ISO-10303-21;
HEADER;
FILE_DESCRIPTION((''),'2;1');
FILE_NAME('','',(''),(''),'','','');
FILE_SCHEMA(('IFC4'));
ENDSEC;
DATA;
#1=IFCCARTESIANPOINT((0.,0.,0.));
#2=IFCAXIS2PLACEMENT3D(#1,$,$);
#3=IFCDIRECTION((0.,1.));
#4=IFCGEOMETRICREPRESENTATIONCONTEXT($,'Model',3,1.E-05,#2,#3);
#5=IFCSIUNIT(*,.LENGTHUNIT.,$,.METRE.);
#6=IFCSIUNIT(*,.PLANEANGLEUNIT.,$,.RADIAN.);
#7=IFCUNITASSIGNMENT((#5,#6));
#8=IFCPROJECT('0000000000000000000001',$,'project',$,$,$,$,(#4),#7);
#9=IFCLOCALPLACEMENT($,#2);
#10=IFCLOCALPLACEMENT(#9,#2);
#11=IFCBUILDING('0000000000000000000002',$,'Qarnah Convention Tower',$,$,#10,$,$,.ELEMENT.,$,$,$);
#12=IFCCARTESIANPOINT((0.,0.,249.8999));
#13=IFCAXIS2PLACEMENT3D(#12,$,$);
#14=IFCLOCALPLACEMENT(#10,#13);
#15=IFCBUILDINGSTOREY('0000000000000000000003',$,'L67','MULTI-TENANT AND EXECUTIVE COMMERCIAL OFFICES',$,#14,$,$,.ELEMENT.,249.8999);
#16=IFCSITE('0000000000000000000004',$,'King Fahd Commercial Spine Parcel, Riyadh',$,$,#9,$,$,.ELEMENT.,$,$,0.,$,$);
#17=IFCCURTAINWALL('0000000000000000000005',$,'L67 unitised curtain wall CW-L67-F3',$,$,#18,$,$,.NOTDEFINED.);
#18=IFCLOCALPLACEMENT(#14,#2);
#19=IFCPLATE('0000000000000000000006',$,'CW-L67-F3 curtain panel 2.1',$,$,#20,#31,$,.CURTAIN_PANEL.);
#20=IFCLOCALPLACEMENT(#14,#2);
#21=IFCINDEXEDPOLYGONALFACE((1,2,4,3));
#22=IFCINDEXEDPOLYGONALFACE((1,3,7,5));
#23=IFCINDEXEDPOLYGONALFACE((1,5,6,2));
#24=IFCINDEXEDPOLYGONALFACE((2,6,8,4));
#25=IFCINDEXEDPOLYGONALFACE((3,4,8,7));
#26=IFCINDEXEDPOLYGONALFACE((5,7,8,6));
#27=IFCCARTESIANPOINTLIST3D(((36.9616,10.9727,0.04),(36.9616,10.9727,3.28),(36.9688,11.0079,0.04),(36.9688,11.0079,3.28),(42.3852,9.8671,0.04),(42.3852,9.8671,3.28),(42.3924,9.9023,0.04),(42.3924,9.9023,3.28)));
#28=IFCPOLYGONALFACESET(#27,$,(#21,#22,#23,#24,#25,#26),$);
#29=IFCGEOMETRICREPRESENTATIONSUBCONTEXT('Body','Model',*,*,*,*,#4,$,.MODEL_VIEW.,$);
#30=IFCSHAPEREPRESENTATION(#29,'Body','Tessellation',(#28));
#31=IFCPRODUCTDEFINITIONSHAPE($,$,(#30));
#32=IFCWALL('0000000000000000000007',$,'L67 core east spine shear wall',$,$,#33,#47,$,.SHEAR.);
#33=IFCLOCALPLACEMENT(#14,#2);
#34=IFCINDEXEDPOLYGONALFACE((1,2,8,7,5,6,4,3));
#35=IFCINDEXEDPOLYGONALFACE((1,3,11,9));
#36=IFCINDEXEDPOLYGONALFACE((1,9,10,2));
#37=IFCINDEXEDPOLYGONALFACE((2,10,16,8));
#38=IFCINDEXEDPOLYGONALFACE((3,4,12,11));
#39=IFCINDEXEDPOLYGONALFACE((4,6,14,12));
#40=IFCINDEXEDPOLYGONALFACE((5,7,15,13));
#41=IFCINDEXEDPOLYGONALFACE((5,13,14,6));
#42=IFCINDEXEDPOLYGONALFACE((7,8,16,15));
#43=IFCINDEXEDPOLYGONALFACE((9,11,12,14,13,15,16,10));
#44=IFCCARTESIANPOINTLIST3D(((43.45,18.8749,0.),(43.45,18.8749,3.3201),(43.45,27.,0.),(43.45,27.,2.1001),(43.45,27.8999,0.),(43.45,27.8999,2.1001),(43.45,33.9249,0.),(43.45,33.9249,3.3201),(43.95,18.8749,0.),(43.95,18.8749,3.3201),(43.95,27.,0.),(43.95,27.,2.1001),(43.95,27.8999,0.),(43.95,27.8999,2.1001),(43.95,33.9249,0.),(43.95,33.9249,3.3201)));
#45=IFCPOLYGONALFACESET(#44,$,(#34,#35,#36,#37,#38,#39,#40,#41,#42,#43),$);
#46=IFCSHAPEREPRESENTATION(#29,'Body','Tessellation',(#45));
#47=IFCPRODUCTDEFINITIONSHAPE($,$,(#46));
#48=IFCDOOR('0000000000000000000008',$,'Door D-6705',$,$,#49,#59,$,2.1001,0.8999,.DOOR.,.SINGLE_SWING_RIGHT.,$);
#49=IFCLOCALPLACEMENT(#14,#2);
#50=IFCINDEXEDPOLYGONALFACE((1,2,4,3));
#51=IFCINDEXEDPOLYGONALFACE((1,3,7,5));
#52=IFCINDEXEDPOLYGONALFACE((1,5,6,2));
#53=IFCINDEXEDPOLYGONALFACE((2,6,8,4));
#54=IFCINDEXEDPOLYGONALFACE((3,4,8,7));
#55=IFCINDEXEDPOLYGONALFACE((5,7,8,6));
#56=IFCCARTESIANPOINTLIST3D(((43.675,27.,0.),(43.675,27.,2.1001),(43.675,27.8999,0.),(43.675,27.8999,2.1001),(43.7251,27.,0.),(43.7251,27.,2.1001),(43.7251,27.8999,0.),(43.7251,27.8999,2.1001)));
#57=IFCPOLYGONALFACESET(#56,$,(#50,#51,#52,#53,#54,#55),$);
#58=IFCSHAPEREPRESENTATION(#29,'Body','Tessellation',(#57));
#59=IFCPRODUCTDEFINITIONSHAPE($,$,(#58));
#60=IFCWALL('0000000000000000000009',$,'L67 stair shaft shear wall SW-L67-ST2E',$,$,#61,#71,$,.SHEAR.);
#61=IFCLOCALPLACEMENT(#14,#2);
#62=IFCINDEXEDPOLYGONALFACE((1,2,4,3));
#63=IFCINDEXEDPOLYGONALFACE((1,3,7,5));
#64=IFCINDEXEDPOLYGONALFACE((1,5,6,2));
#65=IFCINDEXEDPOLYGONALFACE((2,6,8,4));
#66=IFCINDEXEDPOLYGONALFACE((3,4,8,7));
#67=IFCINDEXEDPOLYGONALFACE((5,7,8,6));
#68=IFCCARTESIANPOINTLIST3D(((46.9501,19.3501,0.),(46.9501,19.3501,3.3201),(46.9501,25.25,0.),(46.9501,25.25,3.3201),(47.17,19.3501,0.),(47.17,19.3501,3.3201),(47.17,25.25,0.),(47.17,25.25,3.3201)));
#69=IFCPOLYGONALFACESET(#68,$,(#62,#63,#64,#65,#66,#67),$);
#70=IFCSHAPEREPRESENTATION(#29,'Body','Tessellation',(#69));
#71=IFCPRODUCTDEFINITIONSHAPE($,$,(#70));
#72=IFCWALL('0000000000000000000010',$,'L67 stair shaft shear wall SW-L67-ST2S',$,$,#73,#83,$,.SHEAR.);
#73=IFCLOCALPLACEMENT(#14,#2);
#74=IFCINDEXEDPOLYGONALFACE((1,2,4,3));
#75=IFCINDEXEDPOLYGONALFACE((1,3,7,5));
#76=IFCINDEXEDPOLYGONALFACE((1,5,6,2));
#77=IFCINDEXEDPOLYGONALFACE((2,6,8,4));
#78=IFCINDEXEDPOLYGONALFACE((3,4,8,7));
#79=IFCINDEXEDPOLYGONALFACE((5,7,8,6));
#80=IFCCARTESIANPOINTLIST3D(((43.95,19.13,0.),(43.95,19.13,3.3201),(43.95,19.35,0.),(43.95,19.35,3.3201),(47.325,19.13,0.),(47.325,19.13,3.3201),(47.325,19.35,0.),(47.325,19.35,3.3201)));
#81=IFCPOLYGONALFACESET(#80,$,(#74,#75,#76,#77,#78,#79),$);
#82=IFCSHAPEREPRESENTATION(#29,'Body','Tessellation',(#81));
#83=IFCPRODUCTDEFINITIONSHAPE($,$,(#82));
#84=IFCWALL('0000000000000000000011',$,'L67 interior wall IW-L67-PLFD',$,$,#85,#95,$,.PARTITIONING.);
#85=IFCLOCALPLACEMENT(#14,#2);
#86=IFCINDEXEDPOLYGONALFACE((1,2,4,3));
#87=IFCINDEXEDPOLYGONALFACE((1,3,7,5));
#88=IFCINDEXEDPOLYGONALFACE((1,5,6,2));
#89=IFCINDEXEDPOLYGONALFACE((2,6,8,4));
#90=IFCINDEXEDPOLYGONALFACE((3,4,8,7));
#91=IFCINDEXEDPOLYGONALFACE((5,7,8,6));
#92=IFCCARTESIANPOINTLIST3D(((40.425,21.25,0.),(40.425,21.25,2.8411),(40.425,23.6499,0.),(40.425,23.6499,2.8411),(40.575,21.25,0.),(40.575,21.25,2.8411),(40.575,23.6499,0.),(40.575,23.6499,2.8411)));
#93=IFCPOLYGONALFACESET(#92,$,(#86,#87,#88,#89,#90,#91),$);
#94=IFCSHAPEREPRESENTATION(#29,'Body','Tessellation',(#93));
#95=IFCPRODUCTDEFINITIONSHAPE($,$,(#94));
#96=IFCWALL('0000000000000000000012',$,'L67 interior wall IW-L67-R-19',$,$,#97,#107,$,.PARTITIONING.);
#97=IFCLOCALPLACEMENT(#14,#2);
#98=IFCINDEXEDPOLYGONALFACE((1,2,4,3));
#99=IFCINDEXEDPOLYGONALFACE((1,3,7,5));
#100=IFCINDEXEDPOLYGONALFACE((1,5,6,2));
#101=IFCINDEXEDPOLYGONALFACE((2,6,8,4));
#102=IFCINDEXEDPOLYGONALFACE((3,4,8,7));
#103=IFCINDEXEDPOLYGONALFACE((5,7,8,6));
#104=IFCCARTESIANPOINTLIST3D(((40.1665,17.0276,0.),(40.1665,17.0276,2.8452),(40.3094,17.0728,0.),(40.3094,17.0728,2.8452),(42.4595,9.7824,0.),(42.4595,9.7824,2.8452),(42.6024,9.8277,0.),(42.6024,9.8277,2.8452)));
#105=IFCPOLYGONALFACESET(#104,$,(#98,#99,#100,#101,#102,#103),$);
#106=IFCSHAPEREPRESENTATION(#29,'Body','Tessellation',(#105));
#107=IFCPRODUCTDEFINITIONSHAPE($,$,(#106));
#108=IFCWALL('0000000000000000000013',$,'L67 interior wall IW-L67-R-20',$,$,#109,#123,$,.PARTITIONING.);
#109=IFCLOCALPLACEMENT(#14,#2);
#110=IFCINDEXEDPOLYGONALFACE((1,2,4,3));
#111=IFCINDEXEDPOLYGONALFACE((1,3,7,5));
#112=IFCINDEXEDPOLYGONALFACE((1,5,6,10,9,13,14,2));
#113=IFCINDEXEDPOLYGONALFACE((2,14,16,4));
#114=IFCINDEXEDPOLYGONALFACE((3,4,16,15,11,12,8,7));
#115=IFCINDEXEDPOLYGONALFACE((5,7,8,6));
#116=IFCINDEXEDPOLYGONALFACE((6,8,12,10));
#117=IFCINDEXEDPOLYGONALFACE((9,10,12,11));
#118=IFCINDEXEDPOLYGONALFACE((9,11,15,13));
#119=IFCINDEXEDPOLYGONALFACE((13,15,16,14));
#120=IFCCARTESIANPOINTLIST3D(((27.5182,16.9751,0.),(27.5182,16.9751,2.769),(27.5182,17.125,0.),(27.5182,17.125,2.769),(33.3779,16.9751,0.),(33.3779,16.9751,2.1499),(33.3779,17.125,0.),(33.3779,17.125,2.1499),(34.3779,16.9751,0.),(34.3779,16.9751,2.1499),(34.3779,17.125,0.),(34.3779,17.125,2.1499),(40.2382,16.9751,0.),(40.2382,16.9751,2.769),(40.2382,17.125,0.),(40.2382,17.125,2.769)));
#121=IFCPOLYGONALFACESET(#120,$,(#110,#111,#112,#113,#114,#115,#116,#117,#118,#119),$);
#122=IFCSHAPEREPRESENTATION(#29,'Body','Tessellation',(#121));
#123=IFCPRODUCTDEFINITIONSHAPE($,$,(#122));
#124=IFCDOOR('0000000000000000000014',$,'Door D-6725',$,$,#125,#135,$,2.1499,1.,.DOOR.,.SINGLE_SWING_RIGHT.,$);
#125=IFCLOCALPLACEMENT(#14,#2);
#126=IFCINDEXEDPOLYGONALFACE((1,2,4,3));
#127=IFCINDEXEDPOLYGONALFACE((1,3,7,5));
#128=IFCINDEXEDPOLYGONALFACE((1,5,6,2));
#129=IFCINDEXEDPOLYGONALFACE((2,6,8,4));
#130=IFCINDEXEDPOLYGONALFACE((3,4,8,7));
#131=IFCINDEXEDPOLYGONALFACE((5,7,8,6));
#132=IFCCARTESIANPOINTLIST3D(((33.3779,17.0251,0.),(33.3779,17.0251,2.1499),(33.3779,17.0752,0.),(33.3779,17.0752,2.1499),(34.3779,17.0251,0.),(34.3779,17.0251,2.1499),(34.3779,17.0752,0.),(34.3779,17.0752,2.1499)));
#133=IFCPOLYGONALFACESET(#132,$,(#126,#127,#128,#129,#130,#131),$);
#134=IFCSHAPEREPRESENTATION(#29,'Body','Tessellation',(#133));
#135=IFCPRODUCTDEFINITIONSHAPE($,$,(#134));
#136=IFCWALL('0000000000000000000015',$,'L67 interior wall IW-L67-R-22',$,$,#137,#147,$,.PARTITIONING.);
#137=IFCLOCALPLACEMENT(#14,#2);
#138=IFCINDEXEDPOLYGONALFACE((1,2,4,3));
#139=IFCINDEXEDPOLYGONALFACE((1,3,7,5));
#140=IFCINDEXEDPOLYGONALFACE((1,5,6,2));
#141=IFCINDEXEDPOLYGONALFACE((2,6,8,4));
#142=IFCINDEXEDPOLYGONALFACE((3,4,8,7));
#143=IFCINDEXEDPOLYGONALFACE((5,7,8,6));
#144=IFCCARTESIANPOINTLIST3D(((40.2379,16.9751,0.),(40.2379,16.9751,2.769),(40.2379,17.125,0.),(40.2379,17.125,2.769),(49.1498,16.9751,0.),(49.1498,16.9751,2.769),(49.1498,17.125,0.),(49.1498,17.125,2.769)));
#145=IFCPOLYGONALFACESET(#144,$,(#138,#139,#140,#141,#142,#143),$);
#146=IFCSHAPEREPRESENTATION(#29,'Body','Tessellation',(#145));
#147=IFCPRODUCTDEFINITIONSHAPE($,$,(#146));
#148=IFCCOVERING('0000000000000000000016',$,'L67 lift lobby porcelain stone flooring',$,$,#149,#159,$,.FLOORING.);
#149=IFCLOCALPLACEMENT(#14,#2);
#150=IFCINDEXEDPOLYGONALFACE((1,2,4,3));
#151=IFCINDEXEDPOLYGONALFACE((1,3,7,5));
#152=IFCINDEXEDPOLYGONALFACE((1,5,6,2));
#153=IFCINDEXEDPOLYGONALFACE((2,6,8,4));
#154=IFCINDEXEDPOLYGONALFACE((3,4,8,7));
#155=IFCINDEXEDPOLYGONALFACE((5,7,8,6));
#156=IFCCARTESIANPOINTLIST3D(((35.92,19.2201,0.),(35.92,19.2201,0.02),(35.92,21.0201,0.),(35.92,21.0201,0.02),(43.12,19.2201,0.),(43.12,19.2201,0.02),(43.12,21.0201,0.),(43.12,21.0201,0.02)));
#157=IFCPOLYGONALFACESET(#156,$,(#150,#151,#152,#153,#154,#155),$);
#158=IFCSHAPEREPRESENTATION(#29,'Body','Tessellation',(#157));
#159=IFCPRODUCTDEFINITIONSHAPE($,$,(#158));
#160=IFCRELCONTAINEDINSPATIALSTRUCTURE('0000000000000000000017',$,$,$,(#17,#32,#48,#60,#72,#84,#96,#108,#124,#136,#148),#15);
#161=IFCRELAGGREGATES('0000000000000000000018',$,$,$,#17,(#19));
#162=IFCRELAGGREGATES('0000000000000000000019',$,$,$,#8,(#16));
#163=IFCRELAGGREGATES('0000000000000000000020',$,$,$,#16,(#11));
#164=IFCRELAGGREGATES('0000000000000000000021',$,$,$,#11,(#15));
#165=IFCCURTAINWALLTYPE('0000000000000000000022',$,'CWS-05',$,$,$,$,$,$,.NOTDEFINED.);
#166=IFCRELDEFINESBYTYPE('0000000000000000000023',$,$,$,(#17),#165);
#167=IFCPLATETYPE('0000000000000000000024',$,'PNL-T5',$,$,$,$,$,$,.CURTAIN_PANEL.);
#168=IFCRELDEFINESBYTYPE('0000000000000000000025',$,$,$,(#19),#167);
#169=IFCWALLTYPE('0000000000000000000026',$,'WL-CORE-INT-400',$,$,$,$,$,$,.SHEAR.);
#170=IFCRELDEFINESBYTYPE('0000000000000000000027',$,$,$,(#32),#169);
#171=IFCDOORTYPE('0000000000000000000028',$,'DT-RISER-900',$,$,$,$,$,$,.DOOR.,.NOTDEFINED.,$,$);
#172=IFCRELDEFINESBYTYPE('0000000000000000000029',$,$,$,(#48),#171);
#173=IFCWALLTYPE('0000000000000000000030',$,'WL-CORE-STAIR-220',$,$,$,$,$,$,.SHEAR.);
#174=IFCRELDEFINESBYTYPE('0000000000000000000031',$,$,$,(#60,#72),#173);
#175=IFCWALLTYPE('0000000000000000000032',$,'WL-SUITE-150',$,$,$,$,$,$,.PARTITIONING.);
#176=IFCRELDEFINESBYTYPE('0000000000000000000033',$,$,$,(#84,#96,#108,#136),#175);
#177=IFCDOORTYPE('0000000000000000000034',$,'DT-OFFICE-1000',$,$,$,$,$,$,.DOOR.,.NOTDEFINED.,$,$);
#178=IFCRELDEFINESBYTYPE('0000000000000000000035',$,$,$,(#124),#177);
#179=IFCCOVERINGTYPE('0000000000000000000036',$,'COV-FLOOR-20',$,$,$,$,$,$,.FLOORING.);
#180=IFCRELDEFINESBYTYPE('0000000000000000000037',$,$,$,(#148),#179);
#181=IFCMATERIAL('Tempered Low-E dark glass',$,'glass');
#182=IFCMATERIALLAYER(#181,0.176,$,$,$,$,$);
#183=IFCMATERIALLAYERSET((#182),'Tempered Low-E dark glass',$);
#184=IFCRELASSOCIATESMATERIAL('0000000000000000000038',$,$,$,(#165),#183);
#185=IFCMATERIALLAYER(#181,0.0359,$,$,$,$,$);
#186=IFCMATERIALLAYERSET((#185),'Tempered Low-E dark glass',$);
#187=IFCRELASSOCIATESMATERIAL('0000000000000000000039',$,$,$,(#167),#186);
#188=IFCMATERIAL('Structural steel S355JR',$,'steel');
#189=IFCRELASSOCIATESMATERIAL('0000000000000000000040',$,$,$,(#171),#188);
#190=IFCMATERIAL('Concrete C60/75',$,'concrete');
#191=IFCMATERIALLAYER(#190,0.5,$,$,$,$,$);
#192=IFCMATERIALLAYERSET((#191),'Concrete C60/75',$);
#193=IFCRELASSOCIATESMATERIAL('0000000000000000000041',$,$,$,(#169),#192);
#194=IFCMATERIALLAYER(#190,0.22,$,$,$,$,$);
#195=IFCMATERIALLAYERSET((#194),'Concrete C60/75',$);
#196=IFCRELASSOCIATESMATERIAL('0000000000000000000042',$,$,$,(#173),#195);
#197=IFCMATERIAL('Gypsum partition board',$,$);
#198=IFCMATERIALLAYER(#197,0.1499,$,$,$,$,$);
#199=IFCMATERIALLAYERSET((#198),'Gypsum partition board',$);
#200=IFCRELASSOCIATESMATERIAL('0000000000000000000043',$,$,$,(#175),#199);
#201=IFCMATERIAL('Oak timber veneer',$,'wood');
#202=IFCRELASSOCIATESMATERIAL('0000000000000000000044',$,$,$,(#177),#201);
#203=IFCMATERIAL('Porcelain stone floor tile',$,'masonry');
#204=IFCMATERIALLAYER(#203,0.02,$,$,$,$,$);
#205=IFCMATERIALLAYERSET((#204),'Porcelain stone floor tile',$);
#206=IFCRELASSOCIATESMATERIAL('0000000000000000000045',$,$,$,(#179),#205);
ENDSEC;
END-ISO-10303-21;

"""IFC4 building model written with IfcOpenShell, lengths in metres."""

from ifc_helpers import new_model, si_unit, direction, frame, frame_2d, origin, origin_2d, place, context, subcontext, project, spatial, rectangle, extrude, material, layer, layer_set, type_object, element, fill, aggregate, save


model = new_model("IFC4")

# Units and contexts
model_context = context("Model", 3, precision=1e-05, world=origin(), true_north=direction((0.0, 1.0)))
body_context = subcontext(model_context, "Body", "Model", "MODEL_VIEW")
ifc_project = project(units=[si_unit("LENGTHUNIT", "METRE"), si_unit("PLANEANGLEUNIT", "RADIAN")], contexts=[model_context])

# Site, building, storey
site_placement = place(None, origin())
site = spatial("IfcSite", under=ifc_project, at=site_placement, Name="King Fahd Commercial Spine Parcel, Riyadh", CompositionType="ELEMENT", RefElevation=0.0)
building_placement = place(site_placement, origin())
building = spatial("IfcBuilding", under=site, at=building_placement, Name="Qarnah Convention Tower", CompositionType="ELEMENT")
storey_placement = place(building_placement, frame((0.0, 0.0, 249.8999)))
storey = spatial("IfcBuildingStorey", under=building, at=storey_placement, Name="L67", Description="MULTI-TENANT AND EXECUTIVE COMMERCIAL OFFICES", CompositionType="ELEMENT", Elevation=249.8999)

# Shared definitions
ifc_material_1 = material(Name="Structural steel S355JR", Category="steel")

# Shared definitions
ifc_material_2 = material(Name="Tempered Low-E dark glass", Category="glass")
ifc_layer_1 = layer(ifc_material_2, 0.176)
ifc_layer_set_1 = layer_set([ifc_layer_1], Name="Tempered Low-E dark glass")
curtain_wall_type = type_object("IfcCurtainWallType", Name="CWS-05", PredefinedType="NOTDEFINED", material=ifc_layer_set_1)

# Curtain wall
curtain_wall_1_placement = place(storey_placement, origin())
curtain_wall_1 = element("IfcCurtainWall", 1, at=curtain_wall_1_placement, inside=storey, type_object=curtain_wall_type, Name="L67 unitised curtain wall CW-L67-F3", PredefinedType="NOTDEFINED")

# Plate
ifc_layer_2 = layer(ifc_material_2, 0.0359)
ifc_layer_set_2 = layer_set([ifc_layer_2], Name="Tempered Low-E dark glass")
plate_type = type_object("IfcPlateType", Name="PNL-T5", PredefinedType="CURTAIN_PANEL", material=ifc_layer_set_2)
plate_1_placement = place(storey_placement, frame((39.677, 10.4375, 0.04), z_axis=(0.0, 0.0, 1.0), x_axis=(-0.979848, 0.199745, 0.0)))
plate_1 = element("IfcPlate", 2, at=plate_1_placement, type_object=plate_type, Name="CW-L67-F3 curtain panel 2.1", PredefinedType="CURTAIN_PANEL", context=body_context, shape_type="SweptSolid", body=[
    extrude(rectangle(XDim=5.5352, YDim=0.0359, at=origin_2d()), origin(), (0.0, 0.0, 1.0), 3.24),
])
aggregate(curtain_wall_1, [plate_1])

# Shared definitions
ifc_material_3 = material(Name="Concrete C60/75", Category="concrete")
door_type_1 = type_object("IfcDoorType", Name="DT-RISER-900", OperationType="NOTDEFINED", PredefinedType="DOOR", material=ifc_material_1)

# Wall, opening, door
ifc_layer_3 = layer(ifc_material_3, 0.5)
ifc_layer_set_3 = layer_set([ifc_layer_3], Name="Concrete C60/75")
wall_type_1 = type_object("IfcWallType", Name="WL-CORE-INT-400", PredefinedType="SHEAR", material=ifc_layer_set_3)
wall_1_placement = place(storey_placement, frame((43.7, 18.875, 0.0), z_axis=(0.0, 0.0, 1.0), x_axis=(0.0, 1.0, 0.0)))
wall_1 = element("IfcWall", 3, at=wall_1_placement, inside=storey, type_object=wall_type_1, Name="L67 core east spine shear wall", PredefinedType="SHEAR", context=body_context, shape_type="SweptSolid", body=[
    extrude(rectangle(XDim=15.05, YDim=0.5, at=frame_2d((7.5249, 0.0))), origin(), (0.0, 0.0, 1.0), 3.3201),
])
opening_1_placement = place(wall_1_placement, frame((8.125, 0.0, 0.0)))
opening_1 = element("IfcOpeningElement", 4, at=opening_1_placement, cuts=wall_1, PredefinedType="OPENING", context=body_context, shape_type="SweptSolid", body=[
    extrude(rectangle(XDim=0.8999, YDim=2.1001, at=frame_2d((0.45, 1.05))), frame((0.0, 0.26, 0.0), z_axis=(0.0, -1.0, 0.0), x_axis=(1.0, 0.0, 0.0)), (0.0, 0.0, 1.0), 0.52),
])
door_1_placement = place(opening_1_placement, origin())
door_1 = element("IfcDoor", 5, at=door_1_placement, inside=storey, type_object=door_type_1, Name="Door D-6705", OperationType="SINGLE_SWING_RIGHT", OverallHeight=2.1001, OverallWidth=0.8999, PredefinedType="DOOR", context=body_context, shape_type="SweptSolid", body=[
    extrude(rectangle(XDim=0.8999, YDim=2.1001, at=frame_2d((0.45, 1.05))), frame((0.0, 0.0249, 0.0), z_axis=(0.0, -1.0, 0.0), x_axis=(1.0, 0.0, 0.0)), (0.0, 0.0, 1.0), 0.05),
])
fill(opening_1, door_1)

# Walls
ifc_layer_4 = layer(ifc_material_3, 0.22)
ifc_layer_set_4 = layer_set([ifc_layer_4], Name="Concrete C60/75")
wall_type_2 = type_object("IfcWallType", Name="WL-CORE-STAIR-220", PredefinedType="SHEAR", material=ifc_layer_set_4)
wall_2_placement = place(storey_placement, frame((47.0601, 19.3501, 0.0), z_axis=(0.0, 0.0, 1.0), x_axis=(0.0, 1.0, 0.0)))
element("IfcWall", 6, at=wall_2_placement, inside=storey, type_object=wall_type_2, Name="L67 stair shaft shear wall SW-L67-ST2E", PredefinedType="SHEAR", context=body_context, shape_type="SweptSolid", body=[
    extrude(rectangle(XDim=5.8999, YDim=0.22, at=frame_2d((2.95, 0.0))), origin(), (0.0, 0.0, 1.0), 3.3201),
])
wall_3_placement = place(storey_placement, frame((43.95, 19.24, 0.0), z_axis=(0.0, 0.0, 1.0), x_axis=(1.0, 0.0, 0.0)))
element("IfcWall", 7, at=wall_3_placement, inside=storey, type_object=wall_type_2, Name="L67 stair shaft shear wall SW-L67-ST2S", PredefinedType="SHEAR", context=body_context, shape_type="SweptSolid", body=[
    extrude(rectangle(XDim=3.375, YDim=0.22, at=frame_2d((1.6875, 0.0))), origin(), (0.0, 0.0, 1.0), 3.3201),
])

# Walls
ifc_material_4 = material(Name="Gypsum partition board")
ifc_layer_5 = layer(ifc_material_4, 0.1499)
ifc_layer_set_5 = layer_set([ifc_layer_5], Name="Gypsum partition board")
wall_type_3 = type_object("IfcWallType", Name="WL-SUITE-150", PredefinedType="PARTITIONING", material=ifc_layer_set_5)
wall_4_placement = place(storey_placement, frame((40.5, 21.25, 0.0), z_axis=(0.0, 0.0, 1.0), x_axis=(0.0, 1.0, 0.0)))
element("IfcWall", 8, at=wall_4_placement, inside=storey, type_object=wall_type_3, Name="L67 interior wall IW-L67-PLFD", PredefinedType="PARTITIONING", context=body_context, shape_type="SweptSolid", body=[
    extrude(rectangle(XDim=2.3999, YDim=0.1499, at=frame_2d((1.2, 0.0))), origin(), (0.0, 0.0, 1.0), 2.8411),
])
wall_5_placement = place(storey_placement, frame((42.531, 9.8049, 0.0), z_axis=(0.0, 0.0, 1.0), x_axis=(-0.301734, 0.953392, 0.0)))
element("IfcWall", 9, at=wall_5_placement, inside=storey, type_object=wall_type_3, Name="L67 interior wall IW-L67-R-19", PredefinedType="PARTITIONING", context=body_context, shape_type="SweptSolid", body=[
    extrude(rectangle(XDim=7.5994, YDim=0.1499, at=frame_2d((3.7998, 0.0))), origin(), (0.0, 0.0, 1.0), 2.8452),
])

# Wall, opening, door
wall_6_placement = place(storey_placement, frame((40.238, 17.05, 0.0), z_axis=(0.0, 0.0, 1.0), x_axis=(-1.0, 0.0, 0.0)))
wall_6 = element("IfcWall", 10, at=wall_6_placement, inside=storey, type_object=wall_type_3, Name="L67 interior wall IW-L67-R-20", PredefinedType="PARTITIONING", context=body_context, shape_type="SweptSolid", body=[
    extrude(rectangle(XDim=12.72, YDim=0.1499, at=frame_2d((6.3599, 0.0))), origin(), (0.0, 0.0, 1.0), 2.769),
])
opening_2_placement = place(wall_6_placement, frame((5.8601, 0.0, 0.0)))
opening_2 = element("IfcOpeningElement", 11, at=opening_2_placement, cuts=wall_6, PredefinedType="OPENING", context=body_context, shape_type="SweptSolid", body=[
    extrude(rectangle(XDim=1.0, YDim=2.1499, at=frame_2d((0.5, 1.075))), frame((0.0, 0.085, 0.0), z_axis=(0.0, -1.0, 0.0), x_axis=(1.0, 0.0, 0.0)), (0.0, 0.0, 1.0), 0.1699),
])
ifc_material_5 = material(Name="Oak timber veneer", Category="wood")
door_type_2 = type_object("IfcDoorType", Name="DT-OFFICE-1000", OperationType="NOTDEFINED", PredefinedType="DOOR", material=ifc_material_5)
door_2_placement = place(opening_2_placement, origin())
door_2 = element("IfcDoor", 12, at=door_2_placement, inside=storey, type_object=door_type_2, Name="Door D-6725", OperationType="SINGLE_SWING_RIGHT", OverallHeight=2.1499, OverallWidth=1.0, PredefinedType="DOOR", context=body_context, shape_type="SweptSolid", body=[
    extrude(rectangle(XDim=1.0, YDim=2.1499, at=frame_2d((0.5, 1.075))), frame((0.0, 0.0249, 0.0), z_axis=(0.0, -1.0, 0.0), x_axis=(1.0, 0.0, 0.0)), (0.0, 0.0, 1.0), 0.05),
])
fill(opening_2, door_2)

# Wall
wall_7_placement = place(storey_placement, frame((49.1499, 17.05, 0.0), z_axis=(0.0, 0.0, 1.0), x_axis=(-1.0, 0.0, 0.0)))
element("IfcWall", 13, at=wall_7_placement, inside=storey, type_object=wall_type_3, Name="L67 interior wall IW-L67-R-22", PredefinedType="PARTITIONING", context=body_context, shape_type="SweptSolid", body=[
    extrude(rectangle(XDim=8.9119, YDim=0.1499, at=frame_2d((4.4561, 0.0))), origin(), (0.0, 0.0, 1.0), 2.769),
])

# Covering
ifc_material_6 = material(Name="Porcelain stone floor tile", Category="masonry")
ifc_layer_6 = layer(ifc_material_6, 0.02)
ifc_layer_set_6 = layer_set([ifc_layer_6], Name="Porcelain stone floor tile")
covering_type = type_object("IfcCoveringType", Name="COV-FLOOR-20", PredefinedType="FLOORING", material=ifc_layer_set_6)
covering_placement = place(storey_placement, frame((39.52, 20.1201, 0.0), z_axis=(0.0, 0.0, 1.0), x_axis=(1.0, 0.0, 0.0)))
element("IfcCovering", 14, at=covering_placement, inside=storey, type_object=covering_type, Name="L67 lift lobby porcelain stone flooring", PredefinedType="FLOORING", context=body_context, shape_type="SweptSolid", body=[
    extrude(rectangle(XDim=7.2, YDim=1.8, at=origin_2d()), origin(), (0.0, 0.0, 1.0), 0.02),
])

save(model, "model.ifc")
